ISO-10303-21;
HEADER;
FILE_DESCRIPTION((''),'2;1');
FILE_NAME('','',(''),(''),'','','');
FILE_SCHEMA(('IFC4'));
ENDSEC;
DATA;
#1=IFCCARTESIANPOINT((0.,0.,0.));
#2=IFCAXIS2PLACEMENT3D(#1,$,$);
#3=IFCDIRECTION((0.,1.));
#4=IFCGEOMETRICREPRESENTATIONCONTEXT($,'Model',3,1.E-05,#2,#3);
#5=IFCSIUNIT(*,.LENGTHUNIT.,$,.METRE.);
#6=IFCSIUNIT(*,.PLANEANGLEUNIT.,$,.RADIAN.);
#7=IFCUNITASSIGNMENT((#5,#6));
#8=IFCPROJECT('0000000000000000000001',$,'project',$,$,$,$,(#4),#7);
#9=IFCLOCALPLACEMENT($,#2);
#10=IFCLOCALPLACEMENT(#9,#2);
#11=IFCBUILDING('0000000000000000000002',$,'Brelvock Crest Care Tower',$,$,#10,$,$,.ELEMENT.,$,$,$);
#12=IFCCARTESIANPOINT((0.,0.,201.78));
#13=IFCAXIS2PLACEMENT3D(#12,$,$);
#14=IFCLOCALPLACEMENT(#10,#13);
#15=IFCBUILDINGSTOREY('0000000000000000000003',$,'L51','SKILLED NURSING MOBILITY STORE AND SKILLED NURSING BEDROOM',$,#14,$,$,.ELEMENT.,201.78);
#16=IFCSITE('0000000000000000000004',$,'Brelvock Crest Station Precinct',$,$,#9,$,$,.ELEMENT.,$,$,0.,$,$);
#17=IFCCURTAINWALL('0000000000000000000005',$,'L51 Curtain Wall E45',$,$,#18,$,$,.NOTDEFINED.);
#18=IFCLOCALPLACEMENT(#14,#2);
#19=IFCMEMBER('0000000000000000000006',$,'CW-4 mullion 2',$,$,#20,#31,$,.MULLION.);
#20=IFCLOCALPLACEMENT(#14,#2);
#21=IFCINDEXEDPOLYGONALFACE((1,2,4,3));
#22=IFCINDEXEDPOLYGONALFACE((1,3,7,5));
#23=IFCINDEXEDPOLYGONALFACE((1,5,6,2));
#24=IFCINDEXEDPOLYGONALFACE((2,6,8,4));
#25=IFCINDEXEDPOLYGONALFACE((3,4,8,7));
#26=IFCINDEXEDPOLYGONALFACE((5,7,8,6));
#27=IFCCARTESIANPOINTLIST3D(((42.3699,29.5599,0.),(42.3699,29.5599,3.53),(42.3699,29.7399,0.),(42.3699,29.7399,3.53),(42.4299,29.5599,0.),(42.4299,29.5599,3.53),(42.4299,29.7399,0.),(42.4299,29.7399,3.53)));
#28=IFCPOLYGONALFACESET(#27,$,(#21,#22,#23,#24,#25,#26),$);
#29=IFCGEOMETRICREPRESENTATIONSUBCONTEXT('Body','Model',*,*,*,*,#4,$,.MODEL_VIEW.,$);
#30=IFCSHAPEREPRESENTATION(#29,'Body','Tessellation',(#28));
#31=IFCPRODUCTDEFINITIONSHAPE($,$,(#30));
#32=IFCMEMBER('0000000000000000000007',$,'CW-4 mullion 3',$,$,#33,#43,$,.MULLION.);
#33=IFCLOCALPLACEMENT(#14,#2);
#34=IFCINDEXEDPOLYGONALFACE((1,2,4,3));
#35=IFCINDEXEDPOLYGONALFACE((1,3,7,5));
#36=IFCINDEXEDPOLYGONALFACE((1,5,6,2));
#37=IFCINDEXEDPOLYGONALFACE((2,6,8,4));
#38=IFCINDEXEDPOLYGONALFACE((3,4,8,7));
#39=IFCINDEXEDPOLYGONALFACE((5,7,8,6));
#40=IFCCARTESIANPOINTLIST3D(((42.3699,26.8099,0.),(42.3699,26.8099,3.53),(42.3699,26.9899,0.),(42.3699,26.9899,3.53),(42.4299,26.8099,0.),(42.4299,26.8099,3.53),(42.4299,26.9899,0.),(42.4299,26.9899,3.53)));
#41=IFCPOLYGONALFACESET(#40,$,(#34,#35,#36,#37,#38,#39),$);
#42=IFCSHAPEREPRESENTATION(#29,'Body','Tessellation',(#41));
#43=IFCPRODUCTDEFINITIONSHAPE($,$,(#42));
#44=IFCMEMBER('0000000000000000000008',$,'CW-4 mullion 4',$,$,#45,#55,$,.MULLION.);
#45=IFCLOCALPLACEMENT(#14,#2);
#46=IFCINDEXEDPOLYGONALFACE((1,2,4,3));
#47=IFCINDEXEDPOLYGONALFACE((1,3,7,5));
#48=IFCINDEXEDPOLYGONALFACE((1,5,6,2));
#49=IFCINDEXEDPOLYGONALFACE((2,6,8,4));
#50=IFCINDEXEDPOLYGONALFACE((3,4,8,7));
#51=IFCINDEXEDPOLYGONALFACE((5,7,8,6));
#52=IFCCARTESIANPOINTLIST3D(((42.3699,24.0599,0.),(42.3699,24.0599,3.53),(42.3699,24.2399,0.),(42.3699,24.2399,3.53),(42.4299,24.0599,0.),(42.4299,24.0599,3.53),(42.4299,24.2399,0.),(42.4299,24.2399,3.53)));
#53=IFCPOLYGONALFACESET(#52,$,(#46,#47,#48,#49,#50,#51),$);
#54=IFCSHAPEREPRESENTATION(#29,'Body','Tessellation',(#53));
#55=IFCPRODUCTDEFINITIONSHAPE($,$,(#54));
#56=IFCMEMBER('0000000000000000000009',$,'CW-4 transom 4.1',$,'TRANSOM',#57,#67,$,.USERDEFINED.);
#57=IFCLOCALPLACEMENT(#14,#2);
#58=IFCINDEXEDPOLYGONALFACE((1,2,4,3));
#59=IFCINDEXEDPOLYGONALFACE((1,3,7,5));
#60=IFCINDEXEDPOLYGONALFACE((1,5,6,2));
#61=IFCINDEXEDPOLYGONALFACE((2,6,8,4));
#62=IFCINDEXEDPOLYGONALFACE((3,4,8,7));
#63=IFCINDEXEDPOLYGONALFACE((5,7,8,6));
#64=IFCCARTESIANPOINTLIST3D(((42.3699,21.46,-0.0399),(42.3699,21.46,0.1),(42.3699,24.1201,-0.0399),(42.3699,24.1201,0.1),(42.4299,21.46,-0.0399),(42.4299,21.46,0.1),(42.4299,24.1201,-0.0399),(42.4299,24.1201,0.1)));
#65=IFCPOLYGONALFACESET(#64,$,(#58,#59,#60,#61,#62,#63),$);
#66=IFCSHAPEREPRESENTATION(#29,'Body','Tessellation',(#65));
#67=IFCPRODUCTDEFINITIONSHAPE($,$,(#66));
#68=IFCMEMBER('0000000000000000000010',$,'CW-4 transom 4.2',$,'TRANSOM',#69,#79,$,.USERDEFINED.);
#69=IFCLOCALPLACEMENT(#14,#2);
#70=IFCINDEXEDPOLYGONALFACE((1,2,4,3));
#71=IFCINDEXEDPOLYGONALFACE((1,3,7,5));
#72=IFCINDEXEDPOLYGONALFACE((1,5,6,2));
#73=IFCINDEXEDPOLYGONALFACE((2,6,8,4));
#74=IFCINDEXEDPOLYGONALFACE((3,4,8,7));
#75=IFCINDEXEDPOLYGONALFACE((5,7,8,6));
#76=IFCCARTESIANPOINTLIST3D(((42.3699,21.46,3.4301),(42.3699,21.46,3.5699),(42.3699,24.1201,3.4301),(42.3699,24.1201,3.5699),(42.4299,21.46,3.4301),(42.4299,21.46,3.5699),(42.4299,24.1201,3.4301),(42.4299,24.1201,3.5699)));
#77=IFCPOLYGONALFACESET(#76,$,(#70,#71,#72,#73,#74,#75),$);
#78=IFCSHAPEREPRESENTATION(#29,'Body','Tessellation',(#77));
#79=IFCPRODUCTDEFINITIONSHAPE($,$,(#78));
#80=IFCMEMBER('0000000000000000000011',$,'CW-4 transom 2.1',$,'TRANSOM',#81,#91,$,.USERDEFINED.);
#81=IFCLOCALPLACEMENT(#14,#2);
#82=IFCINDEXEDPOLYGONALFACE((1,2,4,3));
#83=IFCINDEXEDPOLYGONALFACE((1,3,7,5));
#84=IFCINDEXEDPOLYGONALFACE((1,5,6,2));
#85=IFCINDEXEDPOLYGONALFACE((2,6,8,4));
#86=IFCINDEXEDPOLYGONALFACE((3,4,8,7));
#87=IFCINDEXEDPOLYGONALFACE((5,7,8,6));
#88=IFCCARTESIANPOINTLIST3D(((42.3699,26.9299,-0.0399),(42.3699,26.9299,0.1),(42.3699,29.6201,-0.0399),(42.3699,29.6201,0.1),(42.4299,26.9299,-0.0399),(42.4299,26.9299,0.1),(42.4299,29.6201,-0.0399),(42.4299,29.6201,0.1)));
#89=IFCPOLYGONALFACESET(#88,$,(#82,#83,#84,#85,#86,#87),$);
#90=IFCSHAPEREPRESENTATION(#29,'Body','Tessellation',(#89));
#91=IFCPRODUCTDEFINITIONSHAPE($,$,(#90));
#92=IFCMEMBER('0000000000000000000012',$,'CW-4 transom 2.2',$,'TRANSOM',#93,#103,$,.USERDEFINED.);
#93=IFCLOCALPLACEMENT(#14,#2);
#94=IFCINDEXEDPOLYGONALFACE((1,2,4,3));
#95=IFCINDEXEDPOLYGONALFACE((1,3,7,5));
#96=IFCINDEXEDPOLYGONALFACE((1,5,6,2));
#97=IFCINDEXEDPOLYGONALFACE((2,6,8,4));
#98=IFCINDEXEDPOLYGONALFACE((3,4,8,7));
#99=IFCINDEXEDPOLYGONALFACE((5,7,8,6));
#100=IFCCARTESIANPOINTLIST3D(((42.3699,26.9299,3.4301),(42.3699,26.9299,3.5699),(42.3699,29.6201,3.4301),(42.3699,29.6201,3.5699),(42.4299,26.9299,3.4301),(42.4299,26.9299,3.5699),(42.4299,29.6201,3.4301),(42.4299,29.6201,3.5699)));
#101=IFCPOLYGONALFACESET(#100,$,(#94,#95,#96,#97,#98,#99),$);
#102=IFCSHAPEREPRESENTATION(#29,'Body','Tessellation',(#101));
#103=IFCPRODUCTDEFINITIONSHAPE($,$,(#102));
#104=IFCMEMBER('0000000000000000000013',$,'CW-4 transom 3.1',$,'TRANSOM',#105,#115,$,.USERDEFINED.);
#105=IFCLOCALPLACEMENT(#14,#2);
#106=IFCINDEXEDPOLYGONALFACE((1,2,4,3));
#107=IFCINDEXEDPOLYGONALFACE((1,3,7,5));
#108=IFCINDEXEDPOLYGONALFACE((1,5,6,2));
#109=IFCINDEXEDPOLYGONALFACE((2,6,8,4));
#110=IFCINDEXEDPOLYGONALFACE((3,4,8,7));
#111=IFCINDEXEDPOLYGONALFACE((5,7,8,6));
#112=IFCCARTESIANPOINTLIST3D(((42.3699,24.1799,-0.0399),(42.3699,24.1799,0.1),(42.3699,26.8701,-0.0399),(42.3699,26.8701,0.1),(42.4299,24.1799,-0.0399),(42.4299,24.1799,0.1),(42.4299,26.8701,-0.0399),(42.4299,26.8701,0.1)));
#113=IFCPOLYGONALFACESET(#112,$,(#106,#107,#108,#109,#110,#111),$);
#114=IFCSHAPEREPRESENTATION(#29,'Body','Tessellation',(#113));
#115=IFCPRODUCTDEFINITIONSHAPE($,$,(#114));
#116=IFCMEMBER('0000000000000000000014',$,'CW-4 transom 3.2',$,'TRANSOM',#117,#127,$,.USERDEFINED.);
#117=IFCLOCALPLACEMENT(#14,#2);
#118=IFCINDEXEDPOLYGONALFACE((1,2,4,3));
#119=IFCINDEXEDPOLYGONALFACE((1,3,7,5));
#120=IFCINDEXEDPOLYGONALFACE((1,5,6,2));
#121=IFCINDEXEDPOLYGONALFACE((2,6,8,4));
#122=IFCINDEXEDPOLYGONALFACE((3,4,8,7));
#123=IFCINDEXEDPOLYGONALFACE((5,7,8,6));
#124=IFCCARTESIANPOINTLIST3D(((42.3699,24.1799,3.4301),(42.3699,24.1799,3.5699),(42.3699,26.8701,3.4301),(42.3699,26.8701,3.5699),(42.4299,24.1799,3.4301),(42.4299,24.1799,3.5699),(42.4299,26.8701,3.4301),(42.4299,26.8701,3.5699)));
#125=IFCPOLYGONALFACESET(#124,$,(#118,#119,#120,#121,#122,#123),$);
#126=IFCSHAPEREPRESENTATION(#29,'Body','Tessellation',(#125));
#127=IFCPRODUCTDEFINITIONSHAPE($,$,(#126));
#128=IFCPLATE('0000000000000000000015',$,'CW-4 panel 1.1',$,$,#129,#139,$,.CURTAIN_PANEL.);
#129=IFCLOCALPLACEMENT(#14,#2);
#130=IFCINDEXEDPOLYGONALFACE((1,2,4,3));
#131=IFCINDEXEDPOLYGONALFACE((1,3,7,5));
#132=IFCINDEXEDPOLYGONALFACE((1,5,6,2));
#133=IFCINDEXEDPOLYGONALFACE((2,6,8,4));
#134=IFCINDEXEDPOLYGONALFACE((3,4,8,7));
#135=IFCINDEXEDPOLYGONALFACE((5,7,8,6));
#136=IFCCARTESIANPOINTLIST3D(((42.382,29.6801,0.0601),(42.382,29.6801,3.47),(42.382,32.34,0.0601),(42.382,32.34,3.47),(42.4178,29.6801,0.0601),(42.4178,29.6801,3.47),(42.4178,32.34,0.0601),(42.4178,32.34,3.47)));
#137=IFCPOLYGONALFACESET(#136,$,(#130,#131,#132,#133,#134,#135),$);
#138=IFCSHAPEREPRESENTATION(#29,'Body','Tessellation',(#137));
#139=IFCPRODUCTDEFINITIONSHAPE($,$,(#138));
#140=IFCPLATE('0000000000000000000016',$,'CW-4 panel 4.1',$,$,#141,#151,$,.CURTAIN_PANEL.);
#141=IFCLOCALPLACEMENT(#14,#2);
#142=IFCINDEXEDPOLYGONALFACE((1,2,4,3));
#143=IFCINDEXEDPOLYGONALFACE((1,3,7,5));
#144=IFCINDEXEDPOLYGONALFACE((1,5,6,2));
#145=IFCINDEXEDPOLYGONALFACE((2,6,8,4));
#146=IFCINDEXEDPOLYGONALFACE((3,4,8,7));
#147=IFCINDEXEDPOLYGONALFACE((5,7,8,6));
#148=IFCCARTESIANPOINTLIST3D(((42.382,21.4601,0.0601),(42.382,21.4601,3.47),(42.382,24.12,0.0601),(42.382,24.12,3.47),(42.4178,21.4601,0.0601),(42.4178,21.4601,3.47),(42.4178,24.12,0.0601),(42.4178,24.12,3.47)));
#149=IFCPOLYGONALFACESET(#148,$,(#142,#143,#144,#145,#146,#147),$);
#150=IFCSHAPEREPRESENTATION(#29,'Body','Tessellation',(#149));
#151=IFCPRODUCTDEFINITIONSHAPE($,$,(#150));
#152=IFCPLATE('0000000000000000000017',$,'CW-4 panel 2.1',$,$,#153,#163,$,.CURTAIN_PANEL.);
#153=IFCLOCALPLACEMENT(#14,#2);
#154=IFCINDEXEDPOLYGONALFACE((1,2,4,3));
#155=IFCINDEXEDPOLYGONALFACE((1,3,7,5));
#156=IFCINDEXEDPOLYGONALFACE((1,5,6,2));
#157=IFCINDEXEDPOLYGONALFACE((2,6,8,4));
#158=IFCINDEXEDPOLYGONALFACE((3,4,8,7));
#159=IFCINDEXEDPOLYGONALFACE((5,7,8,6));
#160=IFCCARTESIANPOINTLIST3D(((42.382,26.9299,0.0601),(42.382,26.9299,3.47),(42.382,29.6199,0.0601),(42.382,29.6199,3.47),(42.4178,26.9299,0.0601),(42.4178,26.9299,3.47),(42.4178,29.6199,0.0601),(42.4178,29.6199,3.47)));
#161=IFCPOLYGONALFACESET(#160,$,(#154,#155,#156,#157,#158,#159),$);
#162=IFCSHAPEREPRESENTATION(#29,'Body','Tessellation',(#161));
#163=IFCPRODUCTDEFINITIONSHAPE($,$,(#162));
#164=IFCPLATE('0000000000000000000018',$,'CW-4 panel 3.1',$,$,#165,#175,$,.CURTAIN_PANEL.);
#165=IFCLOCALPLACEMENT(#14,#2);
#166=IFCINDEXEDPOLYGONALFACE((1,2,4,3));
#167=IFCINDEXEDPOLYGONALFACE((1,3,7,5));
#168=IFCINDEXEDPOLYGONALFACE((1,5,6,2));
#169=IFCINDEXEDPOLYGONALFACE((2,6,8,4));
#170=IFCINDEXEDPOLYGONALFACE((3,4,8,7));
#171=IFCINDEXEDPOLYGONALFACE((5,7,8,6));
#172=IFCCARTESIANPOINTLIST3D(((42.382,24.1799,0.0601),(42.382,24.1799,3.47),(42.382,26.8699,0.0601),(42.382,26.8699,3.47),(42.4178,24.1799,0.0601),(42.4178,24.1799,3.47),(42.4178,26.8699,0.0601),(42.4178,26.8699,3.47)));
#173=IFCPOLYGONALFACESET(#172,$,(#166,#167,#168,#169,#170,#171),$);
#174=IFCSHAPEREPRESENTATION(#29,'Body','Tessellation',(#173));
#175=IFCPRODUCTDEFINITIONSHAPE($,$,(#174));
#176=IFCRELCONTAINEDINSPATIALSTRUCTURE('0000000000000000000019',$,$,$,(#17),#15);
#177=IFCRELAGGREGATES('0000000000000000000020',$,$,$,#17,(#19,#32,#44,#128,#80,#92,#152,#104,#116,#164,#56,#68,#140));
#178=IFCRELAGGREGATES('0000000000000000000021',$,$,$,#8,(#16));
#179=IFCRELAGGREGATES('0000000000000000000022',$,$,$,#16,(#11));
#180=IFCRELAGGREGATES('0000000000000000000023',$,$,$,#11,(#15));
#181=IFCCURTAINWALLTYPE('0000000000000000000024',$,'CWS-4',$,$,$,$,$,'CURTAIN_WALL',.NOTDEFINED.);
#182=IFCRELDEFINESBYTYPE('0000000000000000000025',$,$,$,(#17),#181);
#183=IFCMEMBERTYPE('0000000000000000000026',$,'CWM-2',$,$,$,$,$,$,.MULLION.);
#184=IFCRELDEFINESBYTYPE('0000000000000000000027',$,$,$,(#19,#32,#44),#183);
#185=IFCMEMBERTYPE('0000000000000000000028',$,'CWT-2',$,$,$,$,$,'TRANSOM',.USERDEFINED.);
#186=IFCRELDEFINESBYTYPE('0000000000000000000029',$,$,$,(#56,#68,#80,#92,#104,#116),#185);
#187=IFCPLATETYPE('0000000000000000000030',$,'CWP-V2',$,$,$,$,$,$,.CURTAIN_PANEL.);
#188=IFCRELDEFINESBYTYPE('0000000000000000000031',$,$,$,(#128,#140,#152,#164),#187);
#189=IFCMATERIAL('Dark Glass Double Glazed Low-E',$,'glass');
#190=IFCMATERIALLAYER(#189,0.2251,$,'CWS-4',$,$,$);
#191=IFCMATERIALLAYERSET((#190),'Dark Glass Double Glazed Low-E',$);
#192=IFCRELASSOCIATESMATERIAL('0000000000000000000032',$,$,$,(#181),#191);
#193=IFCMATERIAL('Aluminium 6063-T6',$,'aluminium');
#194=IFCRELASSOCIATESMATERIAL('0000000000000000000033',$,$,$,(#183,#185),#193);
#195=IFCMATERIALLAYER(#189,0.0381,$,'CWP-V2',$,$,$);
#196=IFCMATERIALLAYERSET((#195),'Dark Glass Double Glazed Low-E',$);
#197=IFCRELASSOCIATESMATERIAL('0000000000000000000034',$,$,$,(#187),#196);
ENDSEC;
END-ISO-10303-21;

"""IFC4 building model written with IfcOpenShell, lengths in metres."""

from ifc_helpers import new_model, si_unit, direction, frame, origin, origin_2d, place, context, subcontext, project, spatial, rectangle, extrude, source, transform, mapped, material, layer, layer_set, material_profile, profile_set, type_object, element, aggregate, save


model = new_model("IFC4")

# Units and contexts
model_context = context("Model", 3, precision=1e-05, world=origin(), true_north=direction((0.0, 1.0)))
body_context = subcontext(model_context, "Body", "Model", "MODEL_VIEW")
ifc_project = project(units=[si_unit("LENGTHUNIT", "METRE"), si_unit("PLANEANGLEUNIT", "RADIAN")], contexts=[model_context])

# Site, building, storey
site_placement = place(None, origin())
site = spatial("IfcSite", under=ifc_project, at=site_placement, Name="Brelvock Crest Station Precinct", CompositionType="ELEMENT", RefElevation=0.0)
building_placement = place(site_placement, origin())
building = spatial("IfcBuilding", under=site, at=building_placement, Name="Brelvock Crest Care Tower", CompositionType="ELEMENT")
storey_placement = place(building_placement, frame((0.0, 0.0, 201.78)))
storey = spatial("IfcBuildingStorey", under=building, at=storey_placement, Name="L51", Description="SKILLED NURSING MOBILITY STORE AND SKILLED NURSING BEDROOM", CompositionType="ELEMENT", Elevation=201.78)

# Curtain wall, members, plates
ifc_material_1 = material(Name="Dark Glass Double Glazed Low-E", Category="glass")
ifc_layer_1 = layer(ifc_material_1, 0.2251, Name="CWS-4")
ifc_layer_set_1 = layer_set([ifc_layer_1], Name="Dark Glass Double Glazed Low-E")
curtain_wall_type = type_object("IfcCurtainWallType", Name="CWS-4", ElementType="CURTAIN_WALL", PredefinedType="NOTDEFINED", material=ifc_layer_set_1)
curtain_wall_placement = place(storey_placement, origin())
curtain_wall = element("IfcCurtainWall", 1, at=curtain_wall_placement, inside=storey, type_object=curtain_wall_type, Name="L51 Curtain Wall E45", PredefinedType="NOTDEFINED")
ifc_material_2 = material(Name="Aluminium 6063-T6", Category="aluminium")
ifc_material_profile_1 = material_profile(ifc_material_2, rectangle(XDim=0.0601, YDim=0.1799, at=origin_2d()), Name="ALU60x180")
ifc_profile_set_1 = profile_set([ifc_material_profile_1], Name="Aluminium 6063-T6")
member_type_1 = type_object("IfcMemberType", Name="CWM-2", PredefinedType="MULLION", material=ifc_profile_set_1)
shared_shape_1 = source(origin(), body_context, "Body", "SweptSolid", [
    extrude(rectangle(XDim=0.0601, YDim=0.1799, at=origin_2d()), origin(), (0.0, 0.0, 1.0), 3.53),
])
member_1_placement = place(storey_placement, frame((42.3999, 29.6499, 0.0), z_axis=(0.0, 0.0, 1.0), x_axis=(1.0, 0.0, 0.0)))
member_1 = element("IfcMember", 2, at=member_1_placement, type_object=member_type_1, Name="CW-4 mullion 2", PredefinedType="MULLION", context=body_context, shape_type="MappedRepresentation", body=[
    mapped(shared_shape_1, transform((0.0, 0.0, 0.0), x_axis=(1.0, 0.0, 0.0), y_axis=(0.0, 1.0, 0.0), z_axis=(0.0, 0.0, 1.0), scale=1.0)),
])
member_2_placement = place(storey_placement, frame((42.3999, 26.8999, 0.0), z_axis=(0.0, 0.0, 1.0), x_axis=(1.0, 0.0, 0.0)))
member_2 = element("IfcMember", 3, at=member_2_placement, type_object=member_type_1, Name="CW-4 mullion 3", PredefinedType="MULLION", context=body_context, shape_type="MappedRepresentation", body=[
    mapped(shared_shape_1, transform((0.0, 0.0, 0.0), x_axis=(1.0, 0.0, 0.0), y_axis=(0.0, 1.0, 0.0), z_axis=(0.0, 0.0, 1.0), scale=1.0)),
])
member_3_placement = place(storey_placement, frame((42.3999, 24.1499, 0.0), z_axis=(0.0, 0.0, 1.0), x_axis=(1.0, 0.0, 0.0)))
member_3 = element("IfcMember", 4, at=member_3_placement, type_object=member_type_1, Name="CW-4 mullion 4", PredefinedType="MULLION", context=body_context, shape_type="MappedRepresentation", body=[
    mapped(shared_shape_1, transform((0.0, 0.0, 0.0), x_axis=(1.0, 0.0, 0.0), y_axis=(0.0, 1.0, 0.0), z_axis=(0.0, 0.0, 1.0), scale=1.0)),
])
ifc_material_profile_2 = material_profile(ifc_material_2, rectangle(XDim=0.0601, YDim=0.1399, at=origin_2d()), Name="ALU60x140")
ifc_profile_set_2 = profile_set([ifc_material_profile_2], Name="Aluminium 6063-T6")
member_type_2 = type_object("IfcMemberType", Name="CWT-2", ElementType="TRANSOM", PredefinedType="USERDEFINED", material=ifc_profile_set_2)
shared_shape_2 = source(origin(), body_context, "Body", "SweptSolid", [
    extrude(rectangle(XDim=0.0601, YDim=0.1399, at=origin_2d()), origin(), (0.0, 0.0, 1.0), 2.6602),
])
member_4_placement = place(storey_placement, frame((42.3999, 24.1201, 0.03), z_axis=(0.0, -1.0, 0.0), x_axis=(1.0, 0.0, 0.0)))
member_4 = element("IfcMember", 5, at=member_4_placement, type_object=member_type_2, Name="CW-4 transom 4.1", ObjectType="TRANSOM", PredefinedType="USERDEFINED", context=body_context, shape_type="MappedRepresentation", body=[
    mapped(shared_shape_2, transform((0.0, 0.0, 0.0), x_axis=(1.0, 0.0, 0.0), y_axis=(0.0, 1.0, 0.0), z_axis=(0.0, 0.0, 1.0), scale=1.0)),
])
member_5_placement = place(storey_placement, frame((42.3999, 24.1201, 3.5), z_axis=(0.0, -1.0, 0.0), x_axis=(1.0, 0.0, 0.0)))
member_5 = element("IfcMember", 6, at=member_5_placement, type_object=member_type_2, Name="CW-4 transom 4.2", ObjectType="TRANSOM", PredefinedType="USERDEFINED", context=body_context, shape_type="MappedRepresentation", body=[
    mapped(shared_shape_2, transform((0.0, 0.0, 0.0), x_axis=(1.0, 0.0, 0.0), y_axis=(0.0, 1.0, 0.0), z_axis=(0.0, 0.0, 1.0), scale=1.0)),
])
shared_shape_3 = source(origin(), body_context, "Body", "SweptSolid", [
    extrude(rectangle(XDim=0.0601, YDim=0.1399, at=origin_2d()), origin(), (0.0, 0.0, 1.0), 2.6902),
])
member_6_placement = place(storey_placement, frame((42.3999, 29.6201, 0.03), z_axis=(0.0, -1.0, 0.0), x_axis=(1.0, 0.0, 0.0)))
member_6 = element("IfcMember", 7, at=member_6_placement, type_object=member_type_2, Name="CW-4 transom 2.1", ObjectType="TRANSOM", PredefinedType="USERDEFINED", context=body_context, shape_type="MappedRepresentation", body=[
    mapped(shared_shape_3, transform((0.0, 0.0, 0.0), x_axis=(1.0, 0.0, 0.0), y_axis=(0.0, 1.0, 0.0), z_axis=(0.0, 0.0, 1.0), scale=1.0)),
])
member_7_placement = place(storey_placement, frame((42.3999, 29.6201, 3.5), z_axis=(0.0, -1.0, 0.0), x_axis=(1.0, 0.0, 0.0)))
member_7 = element("IfcMember", 8, at=member_7_placement, type_object=member_type_2, Name="CW-4 transom 2.2", ObjectType="TRANSOM", PredefinedType="USERDEFINED", context=body_context, shape_type="MappedRepresentation", body=[
    mapped(shared_shape_3, transform((0.0, 0.0, 0.0), x_axis=(1.0, 0.0, 0.0), y_axis=(0.0, 1.0, 0.0), z_axis=(0.0, 0.0, 1.0), scale=1.0)),
])
member_8_placement = place(storey_placement, frame((42.3999, 26.8701, 0.03), z_axis=(0.0, -1.0, 0.0), x_axis=(1.0, 0.0, 0.0)))
member_8 = element("IfcMember", 9, at=member_8_placement, type_object=member_type_2, Name="CW-4 transom 3.1", ObjectType="TRANSOM", PredefinedType="USERDEFINED", context=body_context, shape_type="MappedRepresentation", body=[
    mapped(shared_shape_3, transform((0.0, 0.0, 0.0), x_axis=(1.0, 0.0, 0.0), y_axis=(0.0, 1.0, 0.0), z_axis=(0.0, 0.0, 1.0), scale=1.0)),
])
member_9_placement = place(storey_placement, frame((42.3999, 26.8701, 3.5), z_axis=(0.0, -1.0, 0.0), x_axis=(1.0, 0.0, 0.0)))
member_9 = element("IfcMember", 10, at=member_9_placement, type_object=member_type_2, Name="CW-4 transom 3.2", ObjectType="TRANSOM", PredefinedType="USERDEFINED", context=body_context, shape_type="MappedRepresentation", body=[
    mapped(shared_shape_3, transform((0.0, 0.0, 0.0), x_axis=(1.0, 0.0, 0.0), y_axis=(0.0, 1.0, 0.0), z_axis=(0.0, 0.0, 1.0), scale=1.0)),
])
ifc_layer_2 = layer(ifc_material_1, 0.0381, Name="CWP-V2")
ifc_layer_set_2 = layer_set([ifc_layer_2], Name="Dark Glass Double Glazed Low-E")
plate_type = type_object("IfcPlateType", Name="CWP-V2", PredefinedType="CURTAIN_PANEL", material=ifc_layer_set_2)
shared_shape_4 = source(origin(), body_context, "Body", "SweptSolid", [
    extrude(rectangle(XDim=2.6599, YDim=0.0359, at=origin_2d()), origin(), (0.0, 0.0, 1.0), 3.4099),
])
plate_1_placement = place(storey_placement, frame((42.3999, 31.01, 0.0601), z_axis=(0.0, 0.0, 1.0), x_axis=(0.0, -1.0, 0.0)))
plate_1 = element("IfcPlate", 11, at=plate_1_placement, type_object=plate_type, Name="CW-4 panel 1.1", PredefinedType="CURTAIN_PANEL", context=body_context, shape_type="MappedRepresentation", body=[
    mapped(shared_shape_4, transform((0.0, 0.0, 0.0), x_axis=(1.0, 0.0, 0.0), y_axis=(0.0, 1.0, 0.0), z_axis=(0.0, 0.0, 1.0), scale=1.0)),
])
plate_2_placement = place(storey_placement, frame((42.3999, 22.79, 0.0601), z_axis=(0.0, 0.0, 1.0), x_axis=(0.0, -1.0, 0.0)))
plate_2 = element("IfcPlate", 12, at=plate_2_placement, type_object=plate_type, Name="CW-4 panel 4.1", PredefinedType="CURTAIN_PANEL", context=body_context, shape_type="MappedRepresentation", body=[
    mapped(shared_shape_4, transform((0.0, 0.0, 0.0), x_axis=(1.0, 0.0, 0.0), y_axis=(0.0, 1.0, 0.0), z_axis=(0.0, 0.0, 1.0), scale=1.0)),
])
shared_shape_5 = source(origin(), body_context, "Body", "SweptSolid", [
    extrude(rectangle(XDim=2.6899, YDim=0.0359, at=origin_2d()), origin(), (0.0, 0.0, 1.0), 3.4099),
])
plate_3_placement = place(storey_placement, frame((42.3999, 28.2749, 0.0601), z_axis=(0.0, 0.0, 1.0), x_axis=(0.0, -1.0, 0.0)))
plate_3 = element("IfcPlate", 13, at=plate_3_placement, type_object=plate_type, Name="CW-4 panel 2.1", PredefinedType="CURTAIN_PANEL", context=body_context, shape_type="MappedRepresentation", body=[
    mapped(shared_shape_5, transform((0.0, 0.0, 0.0), x_axis=(1.0, 0.0, 0.0), y_axis=(0.0, 1.0, 0.0), z_axis=(0.0, 0.0, 1.0), scale=1.0)),
])
plate_4_placement = place(storey_placement, frame((42.3999, 25.5249, 0.0601), z_axis=(0.0, 0.0, 1.0), x_axis=(0.0, -1.0, 0.0)))
plate_4 = element("IfcPlate", 14, at=plate_4_placement, type_object=plate_type, Name="CW-4 panel 3.1", PredefinedType="CURTAIN_PANEL", context=body_context, shape_type="MappedRepresentation", body=[
    mapped(shared_shape_5, transform((0.0, 0.0, 0.0), x_axis=(1.0, 0.0, 0.0), y_axis=(0.0, 1.0, 0.0), z_axis=(0.0, 0.0, 1.0), scale=1.0)),
])
aggregate(curtain_wall, [member_1, member_2, member_3, plate_1, member_6, member_7, plate_3, member_8, member_9, plate_4, member_4, member_5, plate_2])

save(model, "model.ifc")
